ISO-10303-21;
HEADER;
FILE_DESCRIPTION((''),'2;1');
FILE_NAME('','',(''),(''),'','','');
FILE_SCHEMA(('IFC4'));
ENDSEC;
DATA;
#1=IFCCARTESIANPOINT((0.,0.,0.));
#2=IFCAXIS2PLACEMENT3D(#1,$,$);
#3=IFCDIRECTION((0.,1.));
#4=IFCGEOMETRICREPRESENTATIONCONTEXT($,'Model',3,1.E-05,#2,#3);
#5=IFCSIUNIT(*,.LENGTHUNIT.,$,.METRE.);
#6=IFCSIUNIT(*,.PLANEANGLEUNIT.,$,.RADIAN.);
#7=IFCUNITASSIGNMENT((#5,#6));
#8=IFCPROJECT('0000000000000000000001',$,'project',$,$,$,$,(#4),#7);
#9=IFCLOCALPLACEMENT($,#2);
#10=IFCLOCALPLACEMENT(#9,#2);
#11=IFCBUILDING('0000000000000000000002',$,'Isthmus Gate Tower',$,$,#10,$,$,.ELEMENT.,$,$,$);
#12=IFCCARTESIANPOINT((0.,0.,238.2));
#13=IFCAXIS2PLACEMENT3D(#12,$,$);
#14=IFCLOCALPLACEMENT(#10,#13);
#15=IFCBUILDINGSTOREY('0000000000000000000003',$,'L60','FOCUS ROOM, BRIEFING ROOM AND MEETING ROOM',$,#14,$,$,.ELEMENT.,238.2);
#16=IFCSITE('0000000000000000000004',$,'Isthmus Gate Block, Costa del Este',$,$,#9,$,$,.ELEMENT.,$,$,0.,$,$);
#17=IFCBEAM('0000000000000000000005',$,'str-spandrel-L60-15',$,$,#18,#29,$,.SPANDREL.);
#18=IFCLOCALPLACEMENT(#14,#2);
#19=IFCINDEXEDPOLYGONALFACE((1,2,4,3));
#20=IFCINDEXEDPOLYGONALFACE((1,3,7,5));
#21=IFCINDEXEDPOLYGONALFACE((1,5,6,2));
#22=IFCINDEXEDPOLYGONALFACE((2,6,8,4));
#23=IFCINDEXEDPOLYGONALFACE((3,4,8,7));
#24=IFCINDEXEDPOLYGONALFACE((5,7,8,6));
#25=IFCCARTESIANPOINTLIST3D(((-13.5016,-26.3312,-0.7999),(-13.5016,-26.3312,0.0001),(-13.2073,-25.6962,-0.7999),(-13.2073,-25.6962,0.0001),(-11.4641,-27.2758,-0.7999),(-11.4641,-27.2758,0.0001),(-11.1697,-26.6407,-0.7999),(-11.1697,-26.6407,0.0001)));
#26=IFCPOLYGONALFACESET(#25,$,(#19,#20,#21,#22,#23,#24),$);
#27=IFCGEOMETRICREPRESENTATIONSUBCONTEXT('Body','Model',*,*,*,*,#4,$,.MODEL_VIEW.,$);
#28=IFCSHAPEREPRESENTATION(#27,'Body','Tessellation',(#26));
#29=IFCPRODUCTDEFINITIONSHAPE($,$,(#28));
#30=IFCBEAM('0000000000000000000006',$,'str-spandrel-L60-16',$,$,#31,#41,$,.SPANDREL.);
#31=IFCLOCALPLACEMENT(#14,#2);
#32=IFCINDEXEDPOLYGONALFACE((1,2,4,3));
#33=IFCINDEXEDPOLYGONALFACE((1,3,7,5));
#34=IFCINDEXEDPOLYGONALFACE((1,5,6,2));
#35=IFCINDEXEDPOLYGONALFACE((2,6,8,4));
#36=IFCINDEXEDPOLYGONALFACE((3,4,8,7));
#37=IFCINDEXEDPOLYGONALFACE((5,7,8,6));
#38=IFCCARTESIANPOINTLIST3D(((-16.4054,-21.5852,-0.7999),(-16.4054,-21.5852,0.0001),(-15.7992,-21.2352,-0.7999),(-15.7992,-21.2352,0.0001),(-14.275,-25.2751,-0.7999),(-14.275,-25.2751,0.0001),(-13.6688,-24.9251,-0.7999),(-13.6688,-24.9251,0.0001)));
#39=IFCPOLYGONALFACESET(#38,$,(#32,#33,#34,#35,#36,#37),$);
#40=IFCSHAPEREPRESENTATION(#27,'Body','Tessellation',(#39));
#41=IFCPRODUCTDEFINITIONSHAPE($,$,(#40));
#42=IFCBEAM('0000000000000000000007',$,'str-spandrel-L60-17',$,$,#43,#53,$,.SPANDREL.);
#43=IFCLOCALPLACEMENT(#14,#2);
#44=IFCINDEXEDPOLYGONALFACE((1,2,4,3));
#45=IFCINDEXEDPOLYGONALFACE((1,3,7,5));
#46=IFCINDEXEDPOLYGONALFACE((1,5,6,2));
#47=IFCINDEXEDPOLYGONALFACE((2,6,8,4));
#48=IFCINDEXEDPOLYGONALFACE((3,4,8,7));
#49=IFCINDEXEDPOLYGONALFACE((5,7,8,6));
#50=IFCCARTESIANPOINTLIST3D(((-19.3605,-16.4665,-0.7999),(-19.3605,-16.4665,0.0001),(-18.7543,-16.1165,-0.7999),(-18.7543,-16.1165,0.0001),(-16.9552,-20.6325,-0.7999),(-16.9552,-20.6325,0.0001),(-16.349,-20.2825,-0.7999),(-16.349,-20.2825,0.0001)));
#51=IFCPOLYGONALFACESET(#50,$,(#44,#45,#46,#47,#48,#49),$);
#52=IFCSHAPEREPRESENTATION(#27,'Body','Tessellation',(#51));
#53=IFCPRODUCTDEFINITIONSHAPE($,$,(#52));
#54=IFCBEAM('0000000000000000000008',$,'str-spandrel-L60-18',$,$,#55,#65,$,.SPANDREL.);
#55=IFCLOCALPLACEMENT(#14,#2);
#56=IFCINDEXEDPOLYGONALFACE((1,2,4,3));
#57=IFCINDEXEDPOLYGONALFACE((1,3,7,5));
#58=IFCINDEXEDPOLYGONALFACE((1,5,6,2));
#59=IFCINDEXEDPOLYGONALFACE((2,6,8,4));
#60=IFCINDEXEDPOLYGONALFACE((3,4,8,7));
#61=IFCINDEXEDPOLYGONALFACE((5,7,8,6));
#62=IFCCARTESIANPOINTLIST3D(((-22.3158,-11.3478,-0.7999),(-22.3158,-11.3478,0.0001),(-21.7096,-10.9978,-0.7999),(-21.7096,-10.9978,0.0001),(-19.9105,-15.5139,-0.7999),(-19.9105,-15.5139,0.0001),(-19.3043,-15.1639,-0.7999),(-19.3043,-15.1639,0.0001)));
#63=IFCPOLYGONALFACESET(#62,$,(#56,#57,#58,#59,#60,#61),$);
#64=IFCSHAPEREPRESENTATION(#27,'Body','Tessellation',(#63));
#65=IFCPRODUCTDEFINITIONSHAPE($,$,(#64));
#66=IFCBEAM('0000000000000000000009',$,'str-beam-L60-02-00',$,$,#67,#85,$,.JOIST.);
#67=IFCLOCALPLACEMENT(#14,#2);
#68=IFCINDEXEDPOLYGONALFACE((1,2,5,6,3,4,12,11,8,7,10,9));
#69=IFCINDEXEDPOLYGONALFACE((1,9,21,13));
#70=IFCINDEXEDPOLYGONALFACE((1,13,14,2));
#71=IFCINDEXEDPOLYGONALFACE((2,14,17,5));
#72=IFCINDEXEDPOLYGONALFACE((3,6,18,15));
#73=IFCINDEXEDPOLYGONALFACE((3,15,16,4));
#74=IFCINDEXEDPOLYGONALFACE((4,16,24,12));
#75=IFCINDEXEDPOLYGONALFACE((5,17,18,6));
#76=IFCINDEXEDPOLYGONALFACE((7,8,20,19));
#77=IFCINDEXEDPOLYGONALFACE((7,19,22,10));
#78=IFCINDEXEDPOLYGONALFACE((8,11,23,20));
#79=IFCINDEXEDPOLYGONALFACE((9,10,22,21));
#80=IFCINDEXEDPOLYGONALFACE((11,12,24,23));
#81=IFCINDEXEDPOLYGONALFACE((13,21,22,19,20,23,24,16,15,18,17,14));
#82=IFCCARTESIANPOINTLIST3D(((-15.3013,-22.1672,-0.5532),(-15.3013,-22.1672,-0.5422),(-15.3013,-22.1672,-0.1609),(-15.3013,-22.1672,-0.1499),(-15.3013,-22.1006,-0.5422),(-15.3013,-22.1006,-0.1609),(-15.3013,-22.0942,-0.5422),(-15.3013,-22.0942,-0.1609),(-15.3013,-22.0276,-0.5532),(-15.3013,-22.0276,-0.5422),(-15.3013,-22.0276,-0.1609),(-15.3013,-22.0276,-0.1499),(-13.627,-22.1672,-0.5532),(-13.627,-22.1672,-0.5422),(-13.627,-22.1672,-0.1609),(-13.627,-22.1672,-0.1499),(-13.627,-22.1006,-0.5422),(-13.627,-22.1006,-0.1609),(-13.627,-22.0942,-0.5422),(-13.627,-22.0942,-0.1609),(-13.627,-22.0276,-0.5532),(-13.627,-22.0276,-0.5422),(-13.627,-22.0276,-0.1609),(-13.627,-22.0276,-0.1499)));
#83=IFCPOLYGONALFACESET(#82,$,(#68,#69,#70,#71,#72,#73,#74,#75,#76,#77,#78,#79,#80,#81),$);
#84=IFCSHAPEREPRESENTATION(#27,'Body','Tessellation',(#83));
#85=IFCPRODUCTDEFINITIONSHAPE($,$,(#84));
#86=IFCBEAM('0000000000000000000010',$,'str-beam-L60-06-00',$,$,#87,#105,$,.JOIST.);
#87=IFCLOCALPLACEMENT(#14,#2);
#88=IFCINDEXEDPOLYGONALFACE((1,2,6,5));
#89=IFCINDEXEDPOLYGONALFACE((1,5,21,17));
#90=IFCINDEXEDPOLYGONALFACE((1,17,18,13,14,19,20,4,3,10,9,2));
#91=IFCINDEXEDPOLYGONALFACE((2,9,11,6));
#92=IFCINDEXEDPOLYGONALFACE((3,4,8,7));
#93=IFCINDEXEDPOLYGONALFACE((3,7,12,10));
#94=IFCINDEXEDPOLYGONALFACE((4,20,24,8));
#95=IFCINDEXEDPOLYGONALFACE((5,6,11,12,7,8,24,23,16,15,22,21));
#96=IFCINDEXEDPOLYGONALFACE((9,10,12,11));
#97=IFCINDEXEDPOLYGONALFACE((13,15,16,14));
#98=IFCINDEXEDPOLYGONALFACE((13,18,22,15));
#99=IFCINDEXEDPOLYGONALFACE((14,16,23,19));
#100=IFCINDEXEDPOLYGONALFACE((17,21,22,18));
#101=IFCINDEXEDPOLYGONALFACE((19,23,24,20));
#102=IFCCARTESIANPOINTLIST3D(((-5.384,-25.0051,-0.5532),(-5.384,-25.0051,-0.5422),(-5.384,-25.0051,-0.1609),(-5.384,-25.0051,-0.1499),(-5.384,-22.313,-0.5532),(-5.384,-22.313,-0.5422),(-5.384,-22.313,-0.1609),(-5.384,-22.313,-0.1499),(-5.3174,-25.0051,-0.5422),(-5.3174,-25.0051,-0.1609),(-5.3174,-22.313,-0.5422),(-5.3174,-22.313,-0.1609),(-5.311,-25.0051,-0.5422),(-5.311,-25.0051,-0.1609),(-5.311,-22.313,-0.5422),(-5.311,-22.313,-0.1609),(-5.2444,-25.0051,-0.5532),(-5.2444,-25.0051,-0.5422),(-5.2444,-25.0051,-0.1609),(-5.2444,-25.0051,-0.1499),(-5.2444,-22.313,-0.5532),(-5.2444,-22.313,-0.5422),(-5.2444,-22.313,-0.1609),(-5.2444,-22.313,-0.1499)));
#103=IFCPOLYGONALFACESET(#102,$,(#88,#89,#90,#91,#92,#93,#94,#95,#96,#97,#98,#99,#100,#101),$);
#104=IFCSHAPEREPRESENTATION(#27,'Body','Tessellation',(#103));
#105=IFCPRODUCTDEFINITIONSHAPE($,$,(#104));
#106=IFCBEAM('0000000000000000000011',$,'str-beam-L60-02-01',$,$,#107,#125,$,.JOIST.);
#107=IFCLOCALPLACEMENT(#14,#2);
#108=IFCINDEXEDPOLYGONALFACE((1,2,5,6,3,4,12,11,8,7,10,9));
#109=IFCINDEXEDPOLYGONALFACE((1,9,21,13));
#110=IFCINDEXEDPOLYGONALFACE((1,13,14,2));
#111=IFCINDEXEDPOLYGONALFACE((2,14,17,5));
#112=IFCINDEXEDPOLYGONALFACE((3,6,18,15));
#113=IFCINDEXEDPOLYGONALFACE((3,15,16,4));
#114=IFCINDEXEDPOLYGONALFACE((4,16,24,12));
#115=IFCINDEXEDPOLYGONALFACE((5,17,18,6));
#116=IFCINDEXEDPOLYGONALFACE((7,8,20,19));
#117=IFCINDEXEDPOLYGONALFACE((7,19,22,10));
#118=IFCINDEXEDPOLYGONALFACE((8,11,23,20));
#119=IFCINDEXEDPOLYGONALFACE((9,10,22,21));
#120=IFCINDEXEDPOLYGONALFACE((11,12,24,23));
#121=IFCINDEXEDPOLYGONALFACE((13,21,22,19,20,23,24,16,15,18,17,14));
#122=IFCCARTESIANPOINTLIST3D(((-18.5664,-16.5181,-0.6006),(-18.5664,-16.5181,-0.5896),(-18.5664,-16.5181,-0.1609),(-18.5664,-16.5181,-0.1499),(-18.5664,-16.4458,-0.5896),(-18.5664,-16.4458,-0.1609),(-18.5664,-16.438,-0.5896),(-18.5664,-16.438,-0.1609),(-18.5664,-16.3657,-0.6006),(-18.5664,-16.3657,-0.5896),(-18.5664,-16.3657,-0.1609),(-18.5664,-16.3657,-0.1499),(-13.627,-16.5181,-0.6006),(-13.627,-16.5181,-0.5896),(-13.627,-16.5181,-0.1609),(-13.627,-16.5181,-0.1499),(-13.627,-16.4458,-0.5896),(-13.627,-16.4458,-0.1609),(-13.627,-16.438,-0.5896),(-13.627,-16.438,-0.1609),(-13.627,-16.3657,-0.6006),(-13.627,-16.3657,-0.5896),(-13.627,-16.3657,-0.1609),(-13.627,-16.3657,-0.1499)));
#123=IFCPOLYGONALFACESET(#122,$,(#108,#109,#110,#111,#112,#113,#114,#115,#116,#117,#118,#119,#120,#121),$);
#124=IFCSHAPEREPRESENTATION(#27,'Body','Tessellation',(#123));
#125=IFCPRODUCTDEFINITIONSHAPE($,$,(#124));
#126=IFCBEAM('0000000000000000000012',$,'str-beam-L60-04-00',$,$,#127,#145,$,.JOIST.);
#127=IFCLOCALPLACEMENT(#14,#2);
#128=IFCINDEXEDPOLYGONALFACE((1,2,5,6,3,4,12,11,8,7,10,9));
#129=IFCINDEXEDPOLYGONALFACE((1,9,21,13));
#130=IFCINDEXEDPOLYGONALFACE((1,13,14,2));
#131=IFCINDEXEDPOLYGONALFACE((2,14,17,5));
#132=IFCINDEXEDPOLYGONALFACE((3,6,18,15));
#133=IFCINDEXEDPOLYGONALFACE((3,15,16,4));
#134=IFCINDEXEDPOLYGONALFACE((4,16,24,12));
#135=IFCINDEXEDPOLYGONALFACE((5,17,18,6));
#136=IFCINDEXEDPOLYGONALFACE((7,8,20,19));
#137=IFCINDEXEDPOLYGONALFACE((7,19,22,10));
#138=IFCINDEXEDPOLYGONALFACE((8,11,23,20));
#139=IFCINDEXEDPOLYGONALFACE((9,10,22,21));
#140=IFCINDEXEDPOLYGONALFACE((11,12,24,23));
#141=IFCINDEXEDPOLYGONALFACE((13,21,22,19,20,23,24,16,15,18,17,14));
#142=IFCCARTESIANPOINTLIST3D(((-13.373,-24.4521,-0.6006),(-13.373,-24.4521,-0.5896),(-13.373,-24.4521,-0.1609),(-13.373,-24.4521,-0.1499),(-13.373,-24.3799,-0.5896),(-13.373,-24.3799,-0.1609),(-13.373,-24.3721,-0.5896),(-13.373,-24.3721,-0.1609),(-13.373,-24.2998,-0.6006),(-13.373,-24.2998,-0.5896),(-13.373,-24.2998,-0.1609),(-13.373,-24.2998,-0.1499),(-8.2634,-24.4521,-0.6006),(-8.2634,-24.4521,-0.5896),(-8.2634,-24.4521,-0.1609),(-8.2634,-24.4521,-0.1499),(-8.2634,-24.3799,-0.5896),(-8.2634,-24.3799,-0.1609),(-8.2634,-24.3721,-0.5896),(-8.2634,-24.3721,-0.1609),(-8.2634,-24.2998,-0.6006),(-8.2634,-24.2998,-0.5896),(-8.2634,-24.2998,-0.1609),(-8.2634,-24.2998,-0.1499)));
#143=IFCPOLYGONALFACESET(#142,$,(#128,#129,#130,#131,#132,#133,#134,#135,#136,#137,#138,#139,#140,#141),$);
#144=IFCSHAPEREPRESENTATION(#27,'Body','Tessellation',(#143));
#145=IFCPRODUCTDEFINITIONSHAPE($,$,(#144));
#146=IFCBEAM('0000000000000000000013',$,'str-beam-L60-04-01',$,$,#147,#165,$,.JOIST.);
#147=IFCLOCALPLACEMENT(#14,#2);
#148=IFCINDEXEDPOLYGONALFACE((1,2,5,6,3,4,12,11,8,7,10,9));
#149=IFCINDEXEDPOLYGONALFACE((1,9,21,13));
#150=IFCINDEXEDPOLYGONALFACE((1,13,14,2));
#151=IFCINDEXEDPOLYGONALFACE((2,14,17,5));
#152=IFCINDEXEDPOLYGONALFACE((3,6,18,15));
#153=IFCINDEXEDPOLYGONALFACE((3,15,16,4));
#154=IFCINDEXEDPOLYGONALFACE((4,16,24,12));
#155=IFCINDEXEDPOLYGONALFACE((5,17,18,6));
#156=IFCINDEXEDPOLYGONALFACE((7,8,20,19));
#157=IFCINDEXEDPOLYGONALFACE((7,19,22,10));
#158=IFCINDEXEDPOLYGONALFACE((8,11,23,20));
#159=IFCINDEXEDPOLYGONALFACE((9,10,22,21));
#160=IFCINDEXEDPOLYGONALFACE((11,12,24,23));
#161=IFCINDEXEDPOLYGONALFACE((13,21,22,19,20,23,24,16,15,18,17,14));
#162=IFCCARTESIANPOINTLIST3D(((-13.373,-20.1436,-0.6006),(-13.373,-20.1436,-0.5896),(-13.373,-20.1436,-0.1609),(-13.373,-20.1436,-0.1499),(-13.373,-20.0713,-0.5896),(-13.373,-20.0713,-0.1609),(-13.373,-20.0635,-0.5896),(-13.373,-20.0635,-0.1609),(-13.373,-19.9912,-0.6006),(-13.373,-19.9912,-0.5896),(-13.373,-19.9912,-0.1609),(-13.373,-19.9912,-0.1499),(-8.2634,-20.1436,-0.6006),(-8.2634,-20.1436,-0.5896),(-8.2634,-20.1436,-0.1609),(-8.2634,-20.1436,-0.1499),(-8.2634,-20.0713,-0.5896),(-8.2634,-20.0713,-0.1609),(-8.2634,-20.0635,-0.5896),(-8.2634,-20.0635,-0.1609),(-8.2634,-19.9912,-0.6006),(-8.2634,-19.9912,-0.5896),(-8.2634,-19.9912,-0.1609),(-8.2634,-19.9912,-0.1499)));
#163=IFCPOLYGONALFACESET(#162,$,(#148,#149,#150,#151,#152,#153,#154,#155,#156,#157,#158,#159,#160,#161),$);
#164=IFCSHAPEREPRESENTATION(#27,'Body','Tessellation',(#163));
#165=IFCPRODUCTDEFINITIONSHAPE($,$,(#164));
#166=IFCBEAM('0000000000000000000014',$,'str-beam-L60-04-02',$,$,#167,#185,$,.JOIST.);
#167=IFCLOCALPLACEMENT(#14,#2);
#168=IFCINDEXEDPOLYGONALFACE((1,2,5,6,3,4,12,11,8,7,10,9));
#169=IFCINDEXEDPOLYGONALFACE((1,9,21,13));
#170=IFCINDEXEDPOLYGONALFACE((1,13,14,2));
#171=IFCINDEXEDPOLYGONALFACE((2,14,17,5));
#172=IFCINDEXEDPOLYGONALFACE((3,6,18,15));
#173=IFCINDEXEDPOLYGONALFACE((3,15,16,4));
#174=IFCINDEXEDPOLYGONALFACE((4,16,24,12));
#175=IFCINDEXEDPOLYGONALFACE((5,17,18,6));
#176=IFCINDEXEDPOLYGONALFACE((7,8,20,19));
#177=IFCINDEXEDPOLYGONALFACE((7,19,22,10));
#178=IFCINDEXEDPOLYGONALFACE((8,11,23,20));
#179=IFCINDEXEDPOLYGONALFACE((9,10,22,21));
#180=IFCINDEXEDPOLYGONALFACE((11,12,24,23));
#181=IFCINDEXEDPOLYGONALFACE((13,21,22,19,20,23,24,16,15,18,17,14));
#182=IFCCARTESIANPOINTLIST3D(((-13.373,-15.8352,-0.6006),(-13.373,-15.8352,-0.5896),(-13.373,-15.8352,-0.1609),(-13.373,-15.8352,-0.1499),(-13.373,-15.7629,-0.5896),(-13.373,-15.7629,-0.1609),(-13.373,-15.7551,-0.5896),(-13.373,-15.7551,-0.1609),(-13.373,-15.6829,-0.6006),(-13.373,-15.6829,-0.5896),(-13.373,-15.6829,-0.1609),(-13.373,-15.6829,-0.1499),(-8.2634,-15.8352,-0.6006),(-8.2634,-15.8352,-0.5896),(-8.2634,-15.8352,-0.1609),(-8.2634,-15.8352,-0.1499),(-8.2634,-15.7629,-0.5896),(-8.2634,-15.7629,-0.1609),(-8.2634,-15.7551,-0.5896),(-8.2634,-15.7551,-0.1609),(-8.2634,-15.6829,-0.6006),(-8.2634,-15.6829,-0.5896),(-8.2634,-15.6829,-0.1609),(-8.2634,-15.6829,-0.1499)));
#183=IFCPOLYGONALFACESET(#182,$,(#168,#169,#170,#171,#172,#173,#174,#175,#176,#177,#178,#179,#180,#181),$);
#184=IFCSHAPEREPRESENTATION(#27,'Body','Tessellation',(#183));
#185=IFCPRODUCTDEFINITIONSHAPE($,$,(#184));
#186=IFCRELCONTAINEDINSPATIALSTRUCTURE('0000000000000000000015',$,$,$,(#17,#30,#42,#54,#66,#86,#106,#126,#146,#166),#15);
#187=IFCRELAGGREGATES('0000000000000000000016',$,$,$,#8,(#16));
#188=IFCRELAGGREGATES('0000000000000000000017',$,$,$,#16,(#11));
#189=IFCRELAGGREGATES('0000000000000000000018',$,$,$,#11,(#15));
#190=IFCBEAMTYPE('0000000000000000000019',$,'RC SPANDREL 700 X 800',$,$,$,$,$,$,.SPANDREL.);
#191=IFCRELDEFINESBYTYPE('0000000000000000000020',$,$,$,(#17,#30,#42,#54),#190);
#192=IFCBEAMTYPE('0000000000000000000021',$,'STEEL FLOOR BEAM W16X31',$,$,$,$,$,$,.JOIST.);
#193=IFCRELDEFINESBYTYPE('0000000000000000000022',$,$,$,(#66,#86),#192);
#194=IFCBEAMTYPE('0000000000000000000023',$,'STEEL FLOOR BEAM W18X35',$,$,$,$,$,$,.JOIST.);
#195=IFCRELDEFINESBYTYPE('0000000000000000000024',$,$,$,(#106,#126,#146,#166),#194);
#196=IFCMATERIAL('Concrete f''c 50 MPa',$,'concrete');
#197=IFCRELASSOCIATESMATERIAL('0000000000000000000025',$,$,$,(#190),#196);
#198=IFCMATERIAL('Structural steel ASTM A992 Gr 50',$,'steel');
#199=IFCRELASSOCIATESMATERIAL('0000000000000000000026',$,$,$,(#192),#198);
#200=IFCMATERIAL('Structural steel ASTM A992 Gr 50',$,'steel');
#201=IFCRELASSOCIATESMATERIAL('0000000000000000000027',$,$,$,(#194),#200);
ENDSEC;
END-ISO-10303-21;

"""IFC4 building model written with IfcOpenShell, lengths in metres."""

from ifc_helpers import new_model, si_unit, direction, frame, origin, origin_2d, place, context, subcontext, project, spatial, rectangle, i_section, extrude, material, material_profile, profile_set, type_object, element, save


model = new_model("IFC4")

# Units and contexts
model_context = context("Model", 3, precision=1e-05, world=origin(), true_north=direction((0.0, 1.0)))
body_context = subcontext(model_context, "Body", "Model", "MODEL_VIEW")
ifc_project = project(units=[si_unit("LENGTHUNIT", "METRE"), si_unit("PLANEANGLEUNIT", "RADIAN")], contexts=[model_context])

# Site, building, storey
site_placement = place(None, origin())
site = spatial("IfcSite", under=ifc_project, at=site_placement, Name="Isthmus Gate Block, Costa del Este", CompositionType="ELEMENT", RefElevation=0.0)
building_placement = place(site_placement, origin())
building = spatial("IfcBuilding", under=site, at=building_placement, Name="Isthmus Gate Tower", CompositionType="ELEMENT")
storey_placement = place(building_placement, frame((0.0, 0.0, 238.2)))
storey = spatial("IfcBuildingStorey", under=building, at=storey_placement, Name="L60", Description="FOCUS ROOM, BRIEFING ROOM AND MEETING ROOM", CompositionType="ELEMENT", Elevation=238.2)

# Beams
ifc_material_1 = material(Name="Concrete f'c 50 MPa", Category="concrete")
ifc_material_profile_1 = material_profile(ifc_material_1, rectangle(XDim=0.7, YDim=0.8, at=origin_2d()), Name="RC 700X800")
ifc_profile_set_1 = profile_set([ifc_material_profile_1], Name="Concrete f'c 50 MPa")
beam_type_1 = type_object("IfcBeamType", Name="RC SPANDREL 700 X 800", PredefinedType="SPANDREL", material=ifc_profile_set_1)
beam_1_placement = place(storey_placement, frame((-11.3169, -26.9583, -0.3999), z_axis=(-0.907255, 0.420581, 0.0), x_axis=(-0.420581, -0.907255, 0.0)))
element("IfcBeam", 1, at=beam_1_placement, inside=storey, type_object=beam_type_1, Name="str-spandrel-L60-15", PredefinedType="SPANDREL", context=body_context, shape_type="SweptSolid", body=[
    extrude(rectangle(XDim=0.7, YDim=0.8, at=origin_2d()), origin(), (0.0, 0.0, 1.0), 2.2458),
])
beam_2_placement = place(storey_placement, frame((-13.9719, -25.1001, -0.3999), z_axis=(-0.499997, 0.866027, 0.0), x_axis=(-0.866027, -0.499997, 0.0)))
element("IfcBeam", 2, at=beam_2_placement, inside=storey, type_object=beam_type_1, Name="str-spandrel-L60-16", PredefinedType="SPANDREL", context=body_context, shape_type="SweptSolid", body=[
    extrude(rectangle(XDim=0.7, YDim=0.8, at=origin_2d()), origin(), (0.0, 0.0, 1.0), 4.2607),
])
for number, where, z_axis, x_axis, name in (
    (3, (-16.6521, -20.4575, -0.3999), (-0.500004, 0.866023, 0.0), (-0.866023, -0.500004, 0.0), "str-spandrel-L60-17"),
    (4, (-19.6074, -15.3389, -0.3999), (-0.500004, 0.866023, 0.0), (-0.866023, -0.500004, 0.0), "str-spandrel-L60-18"),
):
    element("IfcBeam", number, at=place(storey_placement, frame(where, z_axis=z_axis, x_axis=x_axis)), inside=storey, type_object=beam_type_1, Name=name, PredefinedType="SPANDREL", context=body_context, shape_type="SweptSolid", body=[
        extrude(rectangle(XDim=0.7, YDim=0.8, at=origin_2d()), origin(), (0.0, 0.0, 1.0), 4.8105),
    ])
ifc_material_2 = material(Name="Structural steel ASTM A992 Gr 50", Category="steel")
ifc_material_profile_2 = material_profile(ifc_material_2, i_section(OverallWidth=0.1396, OverallDepth=0.4033, WebThickness=0.0063, FlangeThickness=0.011, at=origin_2d()), Name="W16X31")
ifc_profile_set_2 = profile_set([ifc_material_profile_2], Name="Structural steel ASTM A992 Gr 50")
beam_type_2 = type_object("IfcBeamType", Name="STEEL FLOOR BEAM W16X31", PredefinedType="JOIST", material=ifc_profile_set_2)
beam_3_placement = place(storey_placement, frame((-15.3013, -22.0974, -0.3516), z_axis=(1.0, 0.0, 0.0), x_axis=(0.0, 1.0, 0.0)))
element("IfcBeam", 5, at=beam_3_placement, inside=storey, type_object=beam_type_2, Name="str-beam-L60-02-00", PredefinedType="JOIST", context=body_context, shape_type="SweptSolid", body=[
    extrude(i_section(OverallWidth=0.1396, OverallDepth=0.4033, WebThickness=0.0063, FlangeThickness=0.011, at=origin_2d()), origin(), (0.0, 0.0, 1.0), 1.6743),
])
beam_4_placement = place(storey_placement, frame((-5.3142, -25.0051, -0.3516), z_axis=(0.0, 1.0, 0.0), x_axis=(-1.0, 0.0, 0.0)))
element("IfcBeam", 6, at=beam_4_placement, inside=storey, type_object=beam_type_2, Name="str-beam-L60-06-00", PredefinedType="JOIST", context=body_context, shape_type="SweptSolid", body=[
    extrude(i_section(OverallWidth=0.1396, OverallDepth=0.4033, WebThickness=0.0063, FlangeThickness=0.011, at=origin_2d()), origin(), (0.0, 0.0, 1.0), 2.6921),
])
ifc_material_3 = material(Name="Structural steel ASTM A992 Gr 50", Category="steel")
ifc_material_profile_3 = material_profile(ifc_material_3, i_section(OverallWidth=0.1523, OverallDepth=0.4507, WebThickness=0.0078, FlangeThickness=0.011, at=origin_2d()), Name="W18X35")
ifc_profile_set_3 = profile_set([ifc_material_profile_3], Name="Structural steel ASTM A992 Gr 50")
beam_type_3 = type_object("IfcBeamType", Name="STEEL FLOOR BEAM W18X35", PredefinedType="JOIST", material=ifc_profile_set_3)
beam_5_placement = place(storey_placement, frame((-18.5664, -16.4419, -0.3752), z_axis=(1.0, 0.0, 0.0), x_axis=(0.0, 1.0, 0.0)))
element("IfcBeam", 7, at=beam_5_placement, inside=storey, type_object=beam_type_3, Name="str-beam-L60-02-01", PredefinedType="JOIST", context=body_context, shape_type="SweptSolid", body=[
    extrude(i_section(OverallWidth=0.1523, OverallDepth=0.4507, WebThickness=0.0078, FlangeThickness=0.011, at=origin_2d()), origin(), (0.0, 0.0, 1.0), 4.9395),
])
for number, where, z_axis, x_axis, name in (
    (8, (-13.373, -24.376, -0.3752), (1.0, 0.0, 0.0), (0.0, 1.0, 0.0), "str-beam-L60-04-00"),
    (9, (-13.373, -20.0674, -0.3752), (1.0, 0.0, 0.0), (0.0, 1.0, 0.0), "str-beam-L60-04-01"),
    (10, (-13.373, -15.759, -0.3752), (1.0, 0.0, 0.0), (0.0, 1.0, 0.0), "str-beam-L60-04-02"),
):
    element("IfcBeam", number, at=place(storey_placement, frame(where, z_axis=z_axis, x_axis=x_axis)), inside=storey, type_object=beam_type_3, Name=name, PredefinedType="JOIST", context=body_context, shape_type="SweptSolid", body=[
        extrude(i_section(OverallWidth=0.1523, OverallDepth=0.4507, WebThickness=0.0078, FlangeThickness=0.011, at=origin_2d()), origin(), (0.0, 0.0, 1.0), 5.1096),
    ])

save(model, "model.ifc")
